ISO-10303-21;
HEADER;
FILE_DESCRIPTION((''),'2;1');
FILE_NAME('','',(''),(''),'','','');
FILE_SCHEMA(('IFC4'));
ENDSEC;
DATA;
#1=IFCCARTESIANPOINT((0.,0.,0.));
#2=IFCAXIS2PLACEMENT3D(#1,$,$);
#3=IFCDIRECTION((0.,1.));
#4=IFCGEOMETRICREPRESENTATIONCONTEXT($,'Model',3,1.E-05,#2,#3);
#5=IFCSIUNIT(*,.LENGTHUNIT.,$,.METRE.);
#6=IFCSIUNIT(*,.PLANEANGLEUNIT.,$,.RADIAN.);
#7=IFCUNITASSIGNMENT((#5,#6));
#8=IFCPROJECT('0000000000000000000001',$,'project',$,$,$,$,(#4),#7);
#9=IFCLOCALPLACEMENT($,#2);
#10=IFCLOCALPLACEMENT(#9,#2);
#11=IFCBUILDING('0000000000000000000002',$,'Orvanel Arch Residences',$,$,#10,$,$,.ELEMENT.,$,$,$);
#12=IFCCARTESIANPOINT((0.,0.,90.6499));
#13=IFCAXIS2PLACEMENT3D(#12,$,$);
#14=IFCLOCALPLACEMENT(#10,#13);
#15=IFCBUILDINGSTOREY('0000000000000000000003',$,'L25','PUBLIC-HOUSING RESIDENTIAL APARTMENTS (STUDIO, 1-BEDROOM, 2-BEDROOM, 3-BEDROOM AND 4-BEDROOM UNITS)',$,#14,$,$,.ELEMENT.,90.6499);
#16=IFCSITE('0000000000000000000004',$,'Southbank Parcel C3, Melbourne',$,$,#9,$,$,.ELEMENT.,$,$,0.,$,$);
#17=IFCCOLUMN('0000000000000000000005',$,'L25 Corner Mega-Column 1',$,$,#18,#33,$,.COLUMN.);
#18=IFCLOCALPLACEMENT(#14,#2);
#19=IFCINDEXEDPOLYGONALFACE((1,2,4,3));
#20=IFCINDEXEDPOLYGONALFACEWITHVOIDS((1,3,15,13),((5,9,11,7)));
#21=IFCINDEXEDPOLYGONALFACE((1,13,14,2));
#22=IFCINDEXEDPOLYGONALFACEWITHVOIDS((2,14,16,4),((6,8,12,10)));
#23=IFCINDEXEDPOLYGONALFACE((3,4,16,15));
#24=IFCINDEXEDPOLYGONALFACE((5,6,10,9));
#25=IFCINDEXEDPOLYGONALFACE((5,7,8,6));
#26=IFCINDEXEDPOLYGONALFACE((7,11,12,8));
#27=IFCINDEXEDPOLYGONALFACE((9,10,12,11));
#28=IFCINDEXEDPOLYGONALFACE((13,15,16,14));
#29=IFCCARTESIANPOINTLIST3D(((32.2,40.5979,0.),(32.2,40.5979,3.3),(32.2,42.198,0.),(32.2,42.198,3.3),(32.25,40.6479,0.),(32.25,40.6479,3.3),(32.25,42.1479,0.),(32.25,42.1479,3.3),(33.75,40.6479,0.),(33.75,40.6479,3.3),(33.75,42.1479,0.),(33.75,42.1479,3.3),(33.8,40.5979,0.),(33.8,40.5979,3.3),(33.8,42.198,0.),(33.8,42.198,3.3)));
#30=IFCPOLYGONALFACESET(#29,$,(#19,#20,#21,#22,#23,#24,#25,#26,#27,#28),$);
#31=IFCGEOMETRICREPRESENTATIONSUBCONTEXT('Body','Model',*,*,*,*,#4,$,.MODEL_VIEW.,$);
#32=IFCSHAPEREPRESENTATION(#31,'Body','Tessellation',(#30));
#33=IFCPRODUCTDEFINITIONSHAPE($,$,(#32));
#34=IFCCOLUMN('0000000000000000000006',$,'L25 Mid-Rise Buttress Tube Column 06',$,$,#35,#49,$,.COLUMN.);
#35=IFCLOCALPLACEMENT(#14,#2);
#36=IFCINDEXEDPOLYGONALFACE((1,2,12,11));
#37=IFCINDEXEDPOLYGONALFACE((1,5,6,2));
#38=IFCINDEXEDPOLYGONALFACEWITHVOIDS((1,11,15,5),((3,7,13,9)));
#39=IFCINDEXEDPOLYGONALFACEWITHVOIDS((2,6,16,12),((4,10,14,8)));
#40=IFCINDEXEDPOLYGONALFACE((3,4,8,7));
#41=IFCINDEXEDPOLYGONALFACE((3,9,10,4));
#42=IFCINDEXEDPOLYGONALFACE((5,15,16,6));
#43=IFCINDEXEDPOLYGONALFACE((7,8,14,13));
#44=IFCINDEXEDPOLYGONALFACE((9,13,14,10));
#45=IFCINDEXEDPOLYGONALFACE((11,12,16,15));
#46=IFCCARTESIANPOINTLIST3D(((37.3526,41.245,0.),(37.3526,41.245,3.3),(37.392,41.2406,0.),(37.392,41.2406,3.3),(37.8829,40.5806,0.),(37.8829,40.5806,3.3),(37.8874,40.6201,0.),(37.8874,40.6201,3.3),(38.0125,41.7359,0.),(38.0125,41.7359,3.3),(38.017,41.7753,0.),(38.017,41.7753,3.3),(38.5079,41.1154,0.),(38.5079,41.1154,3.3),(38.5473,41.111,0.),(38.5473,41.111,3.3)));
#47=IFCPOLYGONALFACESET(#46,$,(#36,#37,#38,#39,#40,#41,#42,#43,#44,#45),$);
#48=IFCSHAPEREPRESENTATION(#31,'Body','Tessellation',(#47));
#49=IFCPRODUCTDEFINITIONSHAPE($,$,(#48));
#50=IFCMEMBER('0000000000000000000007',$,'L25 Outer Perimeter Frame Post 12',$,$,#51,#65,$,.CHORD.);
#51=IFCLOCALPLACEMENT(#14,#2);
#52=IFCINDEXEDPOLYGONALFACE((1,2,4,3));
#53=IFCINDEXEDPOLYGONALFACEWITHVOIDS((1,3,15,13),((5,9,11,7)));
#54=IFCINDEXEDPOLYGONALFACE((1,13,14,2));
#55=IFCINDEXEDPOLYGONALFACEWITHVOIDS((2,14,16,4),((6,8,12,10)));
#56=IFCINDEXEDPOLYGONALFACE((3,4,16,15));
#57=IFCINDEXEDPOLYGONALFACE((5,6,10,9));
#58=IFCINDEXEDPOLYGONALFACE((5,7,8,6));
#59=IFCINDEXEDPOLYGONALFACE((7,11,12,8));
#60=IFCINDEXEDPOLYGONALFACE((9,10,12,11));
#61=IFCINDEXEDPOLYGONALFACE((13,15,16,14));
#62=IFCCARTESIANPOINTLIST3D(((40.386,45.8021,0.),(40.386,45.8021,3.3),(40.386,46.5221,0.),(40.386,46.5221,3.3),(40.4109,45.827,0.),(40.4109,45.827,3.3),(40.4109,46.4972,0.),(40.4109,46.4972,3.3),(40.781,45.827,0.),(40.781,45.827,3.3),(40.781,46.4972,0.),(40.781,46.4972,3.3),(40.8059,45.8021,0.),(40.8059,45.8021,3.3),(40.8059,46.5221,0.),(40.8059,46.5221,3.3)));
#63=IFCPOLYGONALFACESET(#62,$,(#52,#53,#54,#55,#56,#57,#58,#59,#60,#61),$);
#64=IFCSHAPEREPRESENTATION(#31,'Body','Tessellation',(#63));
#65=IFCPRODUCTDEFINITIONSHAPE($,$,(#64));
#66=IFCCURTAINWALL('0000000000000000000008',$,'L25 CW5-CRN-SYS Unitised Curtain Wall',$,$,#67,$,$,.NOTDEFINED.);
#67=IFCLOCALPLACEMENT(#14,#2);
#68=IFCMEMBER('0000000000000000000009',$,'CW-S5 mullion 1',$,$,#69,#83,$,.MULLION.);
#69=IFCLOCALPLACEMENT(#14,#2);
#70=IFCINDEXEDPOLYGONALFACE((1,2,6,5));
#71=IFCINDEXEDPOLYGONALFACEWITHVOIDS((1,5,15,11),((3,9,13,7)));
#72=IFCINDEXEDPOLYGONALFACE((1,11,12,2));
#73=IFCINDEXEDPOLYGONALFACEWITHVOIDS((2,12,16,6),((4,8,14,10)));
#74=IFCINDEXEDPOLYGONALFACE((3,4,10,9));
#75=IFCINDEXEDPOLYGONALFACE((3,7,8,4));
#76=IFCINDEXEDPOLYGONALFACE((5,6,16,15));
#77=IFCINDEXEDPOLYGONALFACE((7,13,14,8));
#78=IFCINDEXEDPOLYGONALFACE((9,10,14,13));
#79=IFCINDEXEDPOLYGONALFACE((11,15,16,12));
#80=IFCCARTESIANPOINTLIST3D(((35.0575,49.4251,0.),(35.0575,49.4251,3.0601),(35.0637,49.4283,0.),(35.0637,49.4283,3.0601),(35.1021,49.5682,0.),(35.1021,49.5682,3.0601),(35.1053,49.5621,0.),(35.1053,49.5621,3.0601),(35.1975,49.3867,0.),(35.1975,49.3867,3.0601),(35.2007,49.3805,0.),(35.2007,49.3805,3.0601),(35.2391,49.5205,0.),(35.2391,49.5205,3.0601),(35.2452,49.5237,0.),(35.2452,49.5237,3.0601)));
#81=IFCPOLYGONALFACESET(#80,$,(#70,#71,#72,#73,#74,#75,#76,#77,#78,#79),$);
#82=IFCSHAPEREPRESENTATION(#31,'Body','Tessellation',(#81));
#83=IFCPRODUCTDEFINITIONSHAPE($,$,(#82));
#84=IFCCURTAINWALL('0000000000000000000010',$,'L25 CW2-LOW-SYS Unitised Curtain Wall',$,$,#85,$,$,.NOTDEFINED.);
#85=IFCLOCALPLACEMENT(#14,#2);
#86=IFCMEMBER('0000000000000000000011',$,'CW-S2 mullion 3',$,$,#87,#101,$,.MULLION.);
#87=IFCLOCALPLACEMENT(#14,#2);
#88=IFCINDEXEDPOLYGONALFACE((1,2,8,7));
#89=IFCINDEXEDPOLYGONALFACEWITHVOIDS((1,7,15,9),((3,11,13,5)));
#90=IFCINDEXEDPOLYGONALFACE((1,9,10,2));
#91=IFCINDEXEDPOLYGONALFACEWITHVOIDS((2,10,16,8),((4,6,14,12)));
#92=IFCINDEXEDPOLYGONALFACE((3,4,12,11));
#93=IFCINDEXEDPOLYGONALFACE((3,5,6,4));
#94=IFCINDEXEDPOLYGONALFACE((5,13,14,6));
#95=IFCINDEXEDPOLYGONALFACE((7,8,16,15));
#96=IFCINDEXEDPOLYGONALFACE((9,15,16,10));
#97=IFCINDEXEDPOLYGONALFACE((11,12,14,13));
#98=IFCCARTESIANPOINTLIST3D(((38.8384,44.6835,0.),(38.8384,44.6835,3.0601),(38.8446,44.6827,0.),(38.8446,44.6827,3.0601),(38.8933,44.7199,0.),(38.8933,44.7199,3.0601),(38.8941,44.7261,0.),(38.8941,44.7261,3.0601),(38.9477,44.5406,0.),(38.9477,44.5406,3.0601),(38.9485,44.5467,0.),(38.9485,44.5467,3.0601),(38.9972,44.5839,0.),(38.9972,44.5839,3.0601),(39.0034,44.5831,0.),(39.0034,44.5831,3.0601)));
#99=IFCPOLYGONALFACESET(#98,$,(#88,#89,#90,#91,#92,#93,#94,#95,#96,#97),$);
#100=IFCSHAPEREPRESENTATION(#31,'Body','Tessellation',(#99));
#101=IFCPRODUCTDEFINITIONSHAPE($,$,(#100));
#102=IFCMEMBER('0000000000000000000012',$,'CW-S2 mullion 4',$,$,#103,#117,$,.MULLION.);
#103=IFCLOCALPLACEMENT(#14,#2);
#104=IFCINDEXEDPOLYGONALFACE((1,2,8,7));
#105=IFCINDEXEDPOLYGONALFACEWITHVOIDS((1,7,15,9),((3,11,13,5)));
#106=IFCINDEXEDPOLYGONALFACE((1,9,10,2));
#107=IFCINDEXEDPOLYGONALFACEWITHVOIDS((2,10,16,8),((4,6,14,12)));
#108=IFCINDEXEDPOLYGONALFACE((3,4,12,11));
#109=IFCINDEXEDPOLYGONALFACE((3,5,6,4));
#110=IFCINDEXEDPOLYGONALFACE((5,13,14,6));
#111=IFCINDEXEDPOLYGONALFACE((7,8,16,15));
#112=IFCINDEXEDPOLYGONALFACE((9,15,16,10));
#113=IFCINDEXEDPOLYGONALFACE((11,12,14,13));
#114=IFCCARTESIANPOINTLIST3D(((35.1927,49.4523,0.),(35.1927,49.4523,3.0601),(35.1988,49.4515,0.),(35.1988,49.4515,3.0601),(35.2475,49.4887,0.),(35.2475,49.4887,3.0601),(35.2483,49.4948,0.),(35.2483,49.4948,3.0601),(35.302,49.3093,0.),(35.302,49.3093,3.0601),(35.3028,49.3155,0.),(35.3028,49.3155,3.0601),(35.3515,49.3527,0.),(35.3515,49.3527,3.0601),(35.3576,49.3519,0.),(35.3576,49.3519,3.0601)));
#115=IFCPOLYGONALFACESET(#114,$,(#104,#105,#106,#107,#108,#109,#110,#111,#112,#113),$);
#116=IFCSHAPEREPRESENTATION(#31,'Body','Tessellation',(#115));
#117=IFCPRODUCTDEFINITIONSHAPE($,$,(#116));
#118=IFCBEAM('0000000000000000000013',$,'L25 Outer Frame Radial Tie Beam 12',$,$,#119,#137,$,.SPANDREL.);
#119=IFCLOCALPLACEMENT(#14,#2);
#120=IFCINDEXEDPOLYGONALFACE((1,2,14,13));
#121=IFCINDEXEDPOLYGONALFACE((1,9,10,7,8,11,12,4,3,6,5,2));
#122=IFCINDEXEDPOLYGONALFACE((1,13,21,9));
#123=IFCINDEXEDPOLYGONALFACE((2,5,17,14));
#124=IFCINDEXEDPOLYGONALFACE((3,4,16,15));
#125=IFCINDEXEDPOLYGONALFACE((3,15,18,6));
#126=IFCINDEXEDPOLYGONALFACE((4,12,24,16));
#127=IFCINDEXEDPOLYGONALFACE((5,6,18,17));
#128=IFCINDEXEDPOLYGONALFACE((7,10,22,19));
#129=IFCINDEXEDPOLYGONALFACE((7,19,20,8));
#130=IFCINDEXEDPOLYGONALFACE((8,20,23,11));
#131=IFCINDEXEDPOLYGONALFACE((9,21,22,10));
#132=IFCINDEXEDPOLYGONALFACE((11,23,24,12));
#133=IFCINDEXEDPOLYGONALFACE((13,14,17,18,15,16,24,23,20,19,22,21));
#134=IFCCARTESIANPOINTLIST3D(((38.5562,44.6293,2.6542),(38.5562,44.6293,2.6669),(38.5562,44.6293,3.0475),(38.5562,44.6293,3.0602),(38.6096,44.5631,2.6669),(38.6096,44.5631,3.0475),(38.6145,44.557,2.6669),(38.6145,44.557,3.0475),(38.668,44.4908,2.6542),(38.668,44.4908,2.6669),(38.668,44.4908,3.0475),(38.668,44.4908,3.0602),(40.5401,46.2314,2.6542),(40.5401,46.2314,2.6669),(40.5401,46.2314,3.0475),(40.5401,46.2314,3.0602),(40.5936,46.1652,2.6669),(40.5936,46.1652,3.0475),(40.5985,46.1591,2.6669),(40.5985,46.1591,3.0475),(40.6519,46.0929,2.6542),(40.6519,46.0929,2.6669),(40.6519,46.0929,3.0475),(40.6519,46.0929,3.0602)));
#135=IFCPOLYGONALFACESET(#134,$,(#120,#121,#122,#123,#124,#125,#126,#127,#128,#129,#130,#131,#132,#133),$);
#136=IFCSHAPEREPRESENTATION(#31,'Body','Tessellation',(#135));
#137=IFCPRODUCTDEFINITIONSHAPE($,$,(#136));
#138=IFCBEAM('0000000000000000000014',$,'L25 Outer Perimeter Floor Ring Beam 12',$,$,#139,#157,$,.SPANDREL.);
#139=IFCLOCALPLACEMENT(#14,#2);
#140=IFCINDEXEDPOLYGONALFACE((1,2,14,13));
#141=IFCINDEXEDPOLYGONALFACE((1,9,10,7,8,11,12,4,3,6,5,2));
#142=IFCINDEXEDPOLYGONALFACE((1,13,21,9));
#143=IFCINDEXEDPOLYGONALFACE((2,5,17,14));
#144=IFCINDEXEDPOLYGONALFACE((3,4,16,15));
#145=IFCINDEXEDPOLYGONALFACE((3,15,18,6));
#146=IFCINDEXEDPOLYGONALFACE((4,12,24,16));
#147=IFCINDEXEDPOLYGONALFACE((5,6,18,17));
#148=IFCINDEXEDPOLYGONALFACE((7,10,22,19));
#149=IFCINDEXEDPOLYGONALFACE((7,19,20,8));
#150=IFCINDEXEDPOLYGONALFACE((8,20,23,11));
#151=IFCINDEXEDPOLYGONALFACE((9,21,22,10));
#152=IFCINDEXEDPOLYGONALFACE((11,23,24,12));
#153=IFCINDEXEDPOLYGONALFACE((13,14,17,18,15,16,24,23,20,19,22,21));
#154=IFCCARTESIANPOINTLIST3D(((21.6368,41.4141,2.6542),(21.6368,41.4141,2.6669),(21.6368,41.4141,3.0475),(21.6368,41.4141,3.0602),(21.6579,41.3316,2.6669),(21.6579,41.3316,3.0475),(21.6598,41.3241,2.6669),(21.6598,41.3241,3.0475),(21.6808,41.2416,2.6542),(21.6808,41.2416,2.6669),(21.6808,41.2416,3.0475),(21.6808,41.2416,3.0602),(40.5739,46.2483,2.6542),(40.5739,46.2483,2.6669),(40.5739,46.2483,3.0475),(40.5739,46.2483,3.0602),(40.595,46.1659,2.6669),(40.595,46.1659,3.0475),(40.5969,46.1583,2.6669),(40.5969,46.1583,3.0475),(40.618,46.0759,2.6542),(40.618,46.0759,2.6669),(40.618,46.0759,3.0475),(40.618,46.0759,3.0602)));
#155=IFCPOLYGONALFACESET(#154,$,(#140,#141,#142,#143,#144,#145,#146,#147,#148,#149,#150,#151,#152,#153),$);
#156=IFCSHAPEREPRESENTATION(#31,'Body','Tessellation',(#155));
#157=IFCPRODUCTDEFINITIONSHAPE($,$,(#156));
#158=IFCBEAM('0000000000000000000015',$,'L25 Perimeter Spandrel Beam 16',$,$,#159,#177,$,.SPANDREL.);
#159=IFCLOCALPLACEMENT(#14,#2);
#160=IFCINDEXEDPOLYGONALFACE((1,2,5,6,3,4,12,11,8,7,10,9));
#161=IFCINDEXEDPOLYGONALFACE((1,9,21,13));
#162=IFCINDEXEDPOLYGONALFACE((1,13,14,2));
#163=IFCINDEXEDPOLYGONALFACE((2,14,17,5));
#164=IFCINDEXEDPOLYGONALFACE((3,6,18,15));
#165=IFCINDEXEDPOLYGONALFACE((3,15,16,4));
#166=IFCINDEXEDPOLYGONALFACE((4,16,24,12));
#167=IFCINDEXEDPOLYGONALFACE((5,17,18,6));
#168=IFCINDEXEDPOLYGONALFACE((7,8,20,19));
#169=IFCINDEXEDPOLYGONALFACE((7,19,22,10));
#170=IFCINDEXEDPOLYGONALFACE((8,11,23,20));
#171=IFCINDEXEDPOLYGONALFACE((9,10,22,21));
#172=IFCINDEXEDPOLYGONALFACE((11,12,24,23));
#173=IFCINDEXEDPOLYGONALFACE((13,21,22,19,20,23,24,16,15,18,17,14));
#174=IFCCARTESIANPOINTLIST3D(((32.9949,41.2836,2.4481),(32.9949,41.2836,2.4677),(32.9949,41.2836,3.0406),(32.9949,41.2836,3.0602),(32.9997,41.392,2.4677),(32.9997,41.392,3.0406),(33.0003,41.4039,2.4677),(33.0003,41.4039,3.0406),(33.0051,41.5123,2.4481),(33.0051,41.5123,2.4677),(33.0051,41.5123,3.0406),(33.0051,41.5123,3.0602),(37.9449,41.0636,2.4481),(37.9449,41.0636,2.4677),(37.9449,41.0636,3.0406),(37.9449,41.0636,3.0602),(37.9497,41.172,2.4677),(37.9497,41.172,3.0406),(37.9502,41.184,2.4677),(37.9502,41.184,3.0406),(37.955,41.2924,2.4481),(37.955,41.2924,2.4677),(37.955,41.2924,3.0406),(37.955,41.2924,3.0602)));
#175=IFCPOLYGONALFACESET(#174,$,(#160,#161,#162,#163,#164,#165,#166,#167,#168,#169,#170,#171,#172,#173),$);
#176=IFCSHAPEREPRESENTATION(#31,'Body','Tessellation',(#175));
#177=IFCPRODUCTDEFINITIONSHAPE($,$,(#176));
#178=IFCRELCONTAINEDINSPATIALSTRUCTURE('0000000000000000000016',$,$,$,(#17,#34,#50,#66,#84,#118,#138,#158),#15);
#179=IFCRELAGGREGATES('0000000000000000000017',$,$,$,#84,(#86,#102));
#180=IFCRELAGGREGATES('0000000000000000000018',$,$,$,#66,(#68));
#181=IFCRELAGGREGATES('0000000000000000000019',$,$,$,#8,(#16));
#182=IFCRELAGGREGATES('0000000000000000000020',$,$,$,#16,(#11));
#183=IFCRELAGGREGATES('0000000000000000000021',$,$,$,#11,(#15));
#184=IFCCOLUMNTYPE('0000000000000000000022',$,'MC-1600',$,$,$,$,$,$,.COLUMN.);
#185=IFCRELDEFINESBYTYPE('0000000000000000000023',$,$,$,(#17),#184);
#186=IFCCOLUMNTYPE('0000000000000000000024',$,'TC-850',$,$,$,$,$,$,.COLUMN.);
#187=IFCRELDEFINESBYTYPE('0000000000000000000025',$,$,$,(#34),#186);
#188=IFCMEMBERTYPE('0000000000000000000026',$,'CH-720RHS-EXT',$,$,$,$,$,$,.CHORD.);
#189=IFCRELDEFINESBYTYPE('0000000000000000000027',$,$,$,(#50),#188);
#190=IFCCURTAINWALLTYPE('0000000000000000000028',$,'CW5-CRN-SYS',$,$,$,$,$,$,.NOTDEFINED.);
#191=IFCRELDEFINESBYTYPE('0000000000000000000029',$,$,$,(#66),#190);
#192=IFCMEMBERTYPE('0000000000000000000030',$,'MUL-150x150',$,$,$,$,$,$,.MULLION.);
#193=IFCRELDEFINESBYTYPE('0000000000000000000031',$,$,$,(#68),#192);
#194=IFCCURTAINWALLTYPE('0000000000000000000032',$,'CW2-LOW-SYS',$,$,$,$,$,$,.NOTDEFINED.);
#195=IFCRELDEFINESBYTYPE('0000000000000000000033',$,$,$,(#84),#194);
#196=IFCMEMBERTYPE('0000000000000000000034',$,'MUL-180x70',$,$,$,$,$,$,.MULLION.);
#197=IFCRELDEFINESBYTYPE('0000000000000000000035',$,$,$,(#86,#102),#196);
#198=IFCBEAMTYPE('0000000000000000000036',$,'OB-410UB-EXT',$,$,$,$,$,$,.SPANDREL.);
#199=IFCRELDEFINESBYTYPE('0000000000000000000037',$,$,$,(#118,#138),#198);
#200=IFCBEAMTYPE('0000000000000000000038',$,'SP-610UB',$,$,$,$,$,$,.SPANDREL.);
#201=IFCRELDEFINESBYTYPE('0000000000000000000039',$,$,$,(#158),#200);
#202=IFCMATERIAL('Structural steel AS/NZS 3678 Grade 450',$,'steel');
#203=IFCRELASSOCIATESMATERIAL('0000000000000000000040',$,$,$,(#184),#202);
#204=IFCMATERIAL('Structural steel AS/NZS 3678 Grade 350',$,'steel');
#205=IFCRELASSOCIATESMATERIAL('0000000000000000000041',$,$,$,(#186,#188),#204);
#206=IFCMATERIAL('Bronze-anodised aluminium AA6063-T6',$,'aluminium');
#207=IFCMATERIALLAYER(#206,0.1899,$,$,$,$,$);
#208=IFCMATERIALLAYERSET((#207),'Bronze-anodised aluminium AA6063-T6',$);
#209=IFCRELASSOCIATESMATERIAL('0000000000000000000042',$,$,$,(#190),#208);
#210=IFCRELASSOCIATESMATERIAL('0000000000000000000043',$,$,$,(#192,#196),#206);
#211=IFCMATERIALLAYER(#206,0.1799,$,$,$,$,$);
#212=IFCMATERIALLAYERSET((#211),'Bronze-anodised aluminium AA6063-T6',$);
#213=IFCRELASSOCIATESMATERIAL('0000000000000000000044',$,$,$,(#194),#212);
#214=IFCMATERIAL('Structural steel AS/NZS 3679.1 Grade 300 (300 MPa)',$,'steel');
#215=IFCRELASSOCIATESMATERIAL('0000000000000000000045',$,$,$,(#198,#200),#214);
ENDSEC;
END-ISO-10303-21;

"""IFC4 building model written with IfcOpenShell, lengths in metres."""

from ifc_helpers import new_model, si_unit, direction, frame, origin, origin_2d, place, context, subcontext, project, spatial, hollow_rectangle, i_section, extrude, material, layer, layer_set, material_profile, profile_set, type_object, element, aggregate, save


model = new_model("IFC4")

# Units and contexts
model_context = context("Model", 3, precision=1e-05, world=origin(), true_north=direction((0.0, 1.0)))
body_context = subcontext(model_context, "Body", "Model", "MODEL_VIEW")
ifc_project = project(units=[si_unit("LENGTHUNIT", "METRE"), si_unit("PLANEANGLEUNIT", "RADIAN")], contexts=[model_context])

# Site, building, storey
site_placement = place(None, origin())
site = spatial("IfcSite", under=ifc_project, at=site_placement, Name="Southbank Parcel C3, Melbourne", CompositionType="ELEMENT", RefElevation=0.0)
building_placement = place(site_placement, origin())
building = spatial("IfcBuilding", under=site, at=building_placement, Name="Orvanel Arch Residences", CompositionType="ELEMENT")
storey_placement = place(building_placement, frame((0.0, 0.0, 90.6499)))
storey = spatial("IfcBuildingStorey", under=building, at=storey_placement, Name="L25", Description="PUBLIC-HOUSING RESIDENTIAL APARTMENTS (STUDIO, 1-BEDROOM, 2-BEDROOM, 3-BEDROOM AND 4-BEDROOM UNITS)", CompositionType="ELEMENT", Elevation=90.6499)

# Columns
ifc_material_1 = material(Name="Structural steel AS/NZS 3678 Grade 450", Category="steel")
ifc_material_profile_1 = material_profile(ifc_material_1, hollow_rectangle(XDim=1.6001, YDim=1.6001, WallThickness=0.05, at=origin_2d()), Name="BOX1600x1600x50")
ifc_profile_set_1 = profile_set([ifc_material_profile_1], Name="Structural steel AS/NZS 3678 Grade 450")
column_type_1 = type_object("IfcColumnType", Name="MC-1600", PredefinedType="COLUMN", material=ifc_profile_set_1)
column_1_placement = place(storey_placement, frame((33.0, 41.3979, 0.0), z_axis=(0.0, 0.0, 1.0), x_axis=(1.0, 0.0, 0.0)))
element("IfcColumn", 1, at=column_1_placement, inside=storey, type_object=column_type_1, Name="L25 Corner Mega-Column 1", PredefinedType="COLUMN", context=body_context, shape_type="SweptSolid", body=[
    extrude(hollow_rectangle(XDim=1.6001, YDim=1.6001, WallThickness=0.05, at=origin_2d()), origin(), (0.0, 0.0, 1.0), 3.3),
])
ifc_material_2 = material(Name="Structural steel AS/NZS 3678 Grade 350", Category="steel")
ifc_material_profile_2 = material_profile(ifc_material_2, hollow_rectangle(XDim=0.8501, YDim=0.8501, WallThickness=0.0281, at=origin_2d()), Name="BOX850x850x28")
ifc_profile_set_2 = profile_set([ifc_material_profile_2], Name="Structural steel AS/NZS 3678 Grade 350")
column_type_2 = type_object("IfcColumnType", Name="TC-850", PredefinedType="COLUMN", material=ifc_profile_set_2)
column_2_placement = place(storey_placement, frame((37.95, 41.178, 0.0), z_axis=(0.0, 0.0, 1.0), x_axis=(-0.62388, 0.78152, 0.0)))
element("IfcColumn", 2, at=column_2_placement, inside=storey, type_object=column_type_2, Name="L25 Mid-Rise Buttress Tube Column 06", PredefinedType="COLUMN", context=body_context, shape_type="SweptSolid", body=[
    extrude(hollow_rectangle(XDim=0.8501, YDim=0.8501, WallThickness=0.0281, at=origin_2d()), origin(), (0.0, 0.0, 1.0), 3.3),
])

# Member
ifc_material_profile_3 = material_profile(ifc_material_2, hollow_rectangle(XDim=0.4199, YDim=0.72, WallThickness=0.0249, at=origin_2d()), Name="RHS720x420x25")
ifc_profile_set_3 = profile_set([ifc_material_profile_3], Name="Structural steel AS/NZS 3678 Grade 350")
member_type_1 = type_object("IfcMemberType", Name="CH-720RHS-EXT", PredefinedType="CHORD", material=ifc_profile_set_3)
member_1_placement = place(storey_placement, frame((40.5959, 46.1621, 0.0), z_axis=(0.0, 0.0, 1.0), x_axis=(1.0, 0.0, 0.0)))
element("IfcMember", 3, at=member_1_placement, inside=storey, type_object=member_type_1, Name="L25 Outer Perimeter Frame Post 12", PredefinedType="CHORD", context=body_context, shape_type="SweptSolid", body=[
    extrude(hollow_rectangle(XDim=0.4199, YDim=0.72, WallThickness=0.0249, at=origin_2d()), origin(), (0.0, 0.0, 1.0), 3.3),
])

# Curtain wall, member
ifc_material_3 = material(Name="Bronze-anodised aluminium AA6063-T6", Category="aluminium")
ifc_layer_1 = layer(ifc_material_3, 0.1899)
ifc_layer_set_1 = layer_set([ifc_layer_1], Name="Bronze-anodised aluminium AA6063-T6")
curtain_wall_type_1 = type_object("IfcCurtainWallType", Name="CW5-CRN-SYS", PredefinedType="NOTDEFINED", material=ifc_layer_set_1)
curtain_wall_1_placement = place(storey_placement, origin())
curtain_wall_1 = element("IfcCurtainWall", 4, at=curtain_wall_1_placement, inside=storey, type_object=curtain_wall_type_1, Name="L25 CW5-CRN-SYS Unitised Curtain Wall", PredefinedType="NOTDEFINED")
ifc_material_profile_4 = material_profile(ifc_material_3, hollow_rectangle(XDim=0.1499, YDim=0.1499, WallThickness=0.0049, at=origin_2d()), Name="ALU150x150x5")
ifc_profile_set_4 = profile_set([ifc_material_profile_4], Name="Bronze-anodised aluminium AA6063-T6")
member_type_2 = type_object("IfcMemberType", Name="MUL-150x150", PredefinedType="MULLION", material=ifc_profile_set_4)
member_2_placement = place(storey_placement, frame((35.1514, 49.4744, 0.0), z_axis=(0.0, 0.0, 1.0), x_axis=(-0.296949, -0.954893, 0.0)))
member_2 = element("IfcMember", 5, at=member_2_placement, type_object=member_type_2, Name="CW-S5 mullion 1", PredefinedType="MULLION", context=body_context, shape_type="SweptSolid", body=[
    extrude(hollow_rectangle(XDim=0.1499, YDim=0.1499, WallThickness=0.0049, at=origin_2d()), origin(), (0.0, 0.0, 1.0), 3.0601),
])

# Curtain wall, members
ifc_layer_2 = layer(ifc_material_3, 0.1799)
ifc_layer_set_2 = layer_set([ifc_layer_2], Name="Bronze-anodised aluminium AA6063-T6")
curtain_wall_type_2 = type_object("IfcCurtainWallType", Name="CW2-LOW-SYS", PredefinedType="NOTDEFINED", material=ifc_layer_set_2)
curtain_wall_2_placement = place(storey_placement, origin())
curtain_wall_2 = element("IfcCurtainWall", 6, at=curtain_wall_2_placement, inside=storey, type_object=curtain_wall_type_2, Name="L25 CW2-LOW-SYS Unitised Curtain Wall", PredefinedType="NOTDEFINED")
ifc_material_profile_5 = material_profile(ifc_material_3, hollow_rectangle(XDim=0.0701, YDim=0.1799, WallThickness=0.0044, at=origin_2d()), Name="ALU180x70x4.5")
ifc_profile_set_5 = profile_set([ifc_material_profile_5], Name="Bronze-anodised aluminium AA6063-T6")
member_type_3 = type_object("IfcMemberType", Name="MUL-180x70", PredefinedType="MULLION", material=ifc_profile_set_5)
member_3_placement = place(storey_placement, frame((38.9209, 44.6333, 0.0), z_axis=(0.0, 0.0, 1.0), x_axis=(-0.794441, -0.607341, 0.0)))
member_3 = element("IfcMember", 7, at=member_3_placement, type_object=member_type_3, Name="CW-S2 mullion 3", PredefinedType="MULLION", context=body_context, shape_type="SweptSolid", body=[
    extrude(hollow_rectangle(XDim=0.0701, YDim=0.1799, WallThickness=0.0044, at=origin_2d()), origin(), (0.0, 0.0, 1.0), 3.0601),
])
member_4_placement = place(storey_placement, frame((35.2751, 49.4021, 0.0), z_axis=(0.0, 0.0, 1.0), x_axis=(-0.794441, -0.607341, 0.0)))
member_4 = element("IfcMember", 8, at=member_4_placement, type_object=member_type_3, Name="CW-S2 mullion 4", PredefinedType="MULLION", context=body_context, shape_type="SweptSolid", body=[
    extrude(hollow_rectangle(XDim=0.0701, YDim=0.1799, WallThickness=0.0044, at=origin_2d()), origin(), (0.0, 0.0, 1.0), 3.0601),
])

# Beams
ifc_material_4 = material(Name="Structural steel AS/NZS 3679.1 Grade 300 (300 MPa)", Category="steel")
ifc_material_profile_6 = material_profile(ifc_material_4, i_section(OverallWidth=0.178, OverallDepth=0.406, WebThickness=0.0078, FlangeThickness=0.0127, at=origin_2d()), Name="410UB59.7")
ifc_profile_set_6 = profile_set([ifc_material_profile_6], Name="Structural steel AS/NZS 3679.1 Grade 300 (300 MPa)")
beam_type_1 = type_object("IfcBeamType", Name="OB-410UB-EXT", PredefinedType="SPANDREL", material=ifc_profile_set_6)
beam_1_placement = place(storey_placement, frame((38.6121, 44.5601, 2.8572), z_axis=(0.778002, 0.628261, 0.0), x_axis=(-0.628261, 0.778002, 0.0)))
element("IfcBeam", 9, at=beam_1_placement, inside=storey, type_object=beam_type_1, Name="L25 Outer Frame Radial Tie Beam 12", PredefinedType="SPANDREL", context=body_context, shape_type="SweptSolid", body=[
    extrude(i_section(OverallWidth=0.178, OverallDepth=0.406, WebThickness=0.0078, FlangeThickness=0.0127, at=origin_2d()), origin(), (0.0, 0.0, 1.0), 2.55),
])
beam_2_placement = place(storey_placement, frame((40.5959, 46.1621, 2.8572), z_axis=(-0.968927, -0.247347, 0.0), x_axis=(0.247347, -0.968927, 0.0)))
element("IfcBeam", 10, at=beam_2_placement, inside=storey, type_object=beam_type_1, Name="L25 Outer Perimeter Floor Ring Beam 12", PredefinedType="SPANDREL", context=body_context, shape_type="SweptSolid", body=[
    extrude(i_section(OverallWidth=0.178, OverallDepth=0.406, WebThickness=0.0078, FlangeThickness=0.0127, at=origin_2d()), origin(), (0.0, 0.0, 1.0), 19.5444),
])
ifc_material_profile_7 = material_profile(ifc_material_4, i_section(OverallWidth=0.229, OverallDepth=0.6121, WebThickness=0.012, FlangeThickness=0.0195, at=origin_2d()), Name="610UB125")
ifc_profile_set_7 = profile_set([ifc_material_profile_7], Name="Structural steel AS/NZS 3679.1 Grade 300 (300 MPa)")
beam_type_2 = type_object("IfcBeamType", Name="SP-610UB", PredefinedType="SPANDREL", material=ifc_profile_set_7)
for number, where, z_axis, x_axis, name in (
    (11, (37.95, 41.178, 2.7542), (-0.999014, 0.044395, 0.0), (-0.044395, -0.999014, 0.0), "L25 Perimeter Spandrel Beam 16"),
):
    element("IfcBeam", number, at=place(storey_placement, frame(where, z_axis=z_axis, x_axis=x_axis)), inside=storey, type_object=beam_type_2, Name=name, PredefinedType="SPANDREL", context=body_context, shape_type="SweptSolid", body=[
        extrude(i_section(OverallWidth=0.229, OverallDepth=0.6121, WebThickness=0.012, FlangeThickness=0.0195, at=origin_2d()), origin(), (0.0, 0.0, 1.0), 4.9548),
    ])

aggregate(curtain_wall_2, [member_3, member_4])
aggregate(curtain_wall_1, [member_2])

save(model, "model.ifc")
